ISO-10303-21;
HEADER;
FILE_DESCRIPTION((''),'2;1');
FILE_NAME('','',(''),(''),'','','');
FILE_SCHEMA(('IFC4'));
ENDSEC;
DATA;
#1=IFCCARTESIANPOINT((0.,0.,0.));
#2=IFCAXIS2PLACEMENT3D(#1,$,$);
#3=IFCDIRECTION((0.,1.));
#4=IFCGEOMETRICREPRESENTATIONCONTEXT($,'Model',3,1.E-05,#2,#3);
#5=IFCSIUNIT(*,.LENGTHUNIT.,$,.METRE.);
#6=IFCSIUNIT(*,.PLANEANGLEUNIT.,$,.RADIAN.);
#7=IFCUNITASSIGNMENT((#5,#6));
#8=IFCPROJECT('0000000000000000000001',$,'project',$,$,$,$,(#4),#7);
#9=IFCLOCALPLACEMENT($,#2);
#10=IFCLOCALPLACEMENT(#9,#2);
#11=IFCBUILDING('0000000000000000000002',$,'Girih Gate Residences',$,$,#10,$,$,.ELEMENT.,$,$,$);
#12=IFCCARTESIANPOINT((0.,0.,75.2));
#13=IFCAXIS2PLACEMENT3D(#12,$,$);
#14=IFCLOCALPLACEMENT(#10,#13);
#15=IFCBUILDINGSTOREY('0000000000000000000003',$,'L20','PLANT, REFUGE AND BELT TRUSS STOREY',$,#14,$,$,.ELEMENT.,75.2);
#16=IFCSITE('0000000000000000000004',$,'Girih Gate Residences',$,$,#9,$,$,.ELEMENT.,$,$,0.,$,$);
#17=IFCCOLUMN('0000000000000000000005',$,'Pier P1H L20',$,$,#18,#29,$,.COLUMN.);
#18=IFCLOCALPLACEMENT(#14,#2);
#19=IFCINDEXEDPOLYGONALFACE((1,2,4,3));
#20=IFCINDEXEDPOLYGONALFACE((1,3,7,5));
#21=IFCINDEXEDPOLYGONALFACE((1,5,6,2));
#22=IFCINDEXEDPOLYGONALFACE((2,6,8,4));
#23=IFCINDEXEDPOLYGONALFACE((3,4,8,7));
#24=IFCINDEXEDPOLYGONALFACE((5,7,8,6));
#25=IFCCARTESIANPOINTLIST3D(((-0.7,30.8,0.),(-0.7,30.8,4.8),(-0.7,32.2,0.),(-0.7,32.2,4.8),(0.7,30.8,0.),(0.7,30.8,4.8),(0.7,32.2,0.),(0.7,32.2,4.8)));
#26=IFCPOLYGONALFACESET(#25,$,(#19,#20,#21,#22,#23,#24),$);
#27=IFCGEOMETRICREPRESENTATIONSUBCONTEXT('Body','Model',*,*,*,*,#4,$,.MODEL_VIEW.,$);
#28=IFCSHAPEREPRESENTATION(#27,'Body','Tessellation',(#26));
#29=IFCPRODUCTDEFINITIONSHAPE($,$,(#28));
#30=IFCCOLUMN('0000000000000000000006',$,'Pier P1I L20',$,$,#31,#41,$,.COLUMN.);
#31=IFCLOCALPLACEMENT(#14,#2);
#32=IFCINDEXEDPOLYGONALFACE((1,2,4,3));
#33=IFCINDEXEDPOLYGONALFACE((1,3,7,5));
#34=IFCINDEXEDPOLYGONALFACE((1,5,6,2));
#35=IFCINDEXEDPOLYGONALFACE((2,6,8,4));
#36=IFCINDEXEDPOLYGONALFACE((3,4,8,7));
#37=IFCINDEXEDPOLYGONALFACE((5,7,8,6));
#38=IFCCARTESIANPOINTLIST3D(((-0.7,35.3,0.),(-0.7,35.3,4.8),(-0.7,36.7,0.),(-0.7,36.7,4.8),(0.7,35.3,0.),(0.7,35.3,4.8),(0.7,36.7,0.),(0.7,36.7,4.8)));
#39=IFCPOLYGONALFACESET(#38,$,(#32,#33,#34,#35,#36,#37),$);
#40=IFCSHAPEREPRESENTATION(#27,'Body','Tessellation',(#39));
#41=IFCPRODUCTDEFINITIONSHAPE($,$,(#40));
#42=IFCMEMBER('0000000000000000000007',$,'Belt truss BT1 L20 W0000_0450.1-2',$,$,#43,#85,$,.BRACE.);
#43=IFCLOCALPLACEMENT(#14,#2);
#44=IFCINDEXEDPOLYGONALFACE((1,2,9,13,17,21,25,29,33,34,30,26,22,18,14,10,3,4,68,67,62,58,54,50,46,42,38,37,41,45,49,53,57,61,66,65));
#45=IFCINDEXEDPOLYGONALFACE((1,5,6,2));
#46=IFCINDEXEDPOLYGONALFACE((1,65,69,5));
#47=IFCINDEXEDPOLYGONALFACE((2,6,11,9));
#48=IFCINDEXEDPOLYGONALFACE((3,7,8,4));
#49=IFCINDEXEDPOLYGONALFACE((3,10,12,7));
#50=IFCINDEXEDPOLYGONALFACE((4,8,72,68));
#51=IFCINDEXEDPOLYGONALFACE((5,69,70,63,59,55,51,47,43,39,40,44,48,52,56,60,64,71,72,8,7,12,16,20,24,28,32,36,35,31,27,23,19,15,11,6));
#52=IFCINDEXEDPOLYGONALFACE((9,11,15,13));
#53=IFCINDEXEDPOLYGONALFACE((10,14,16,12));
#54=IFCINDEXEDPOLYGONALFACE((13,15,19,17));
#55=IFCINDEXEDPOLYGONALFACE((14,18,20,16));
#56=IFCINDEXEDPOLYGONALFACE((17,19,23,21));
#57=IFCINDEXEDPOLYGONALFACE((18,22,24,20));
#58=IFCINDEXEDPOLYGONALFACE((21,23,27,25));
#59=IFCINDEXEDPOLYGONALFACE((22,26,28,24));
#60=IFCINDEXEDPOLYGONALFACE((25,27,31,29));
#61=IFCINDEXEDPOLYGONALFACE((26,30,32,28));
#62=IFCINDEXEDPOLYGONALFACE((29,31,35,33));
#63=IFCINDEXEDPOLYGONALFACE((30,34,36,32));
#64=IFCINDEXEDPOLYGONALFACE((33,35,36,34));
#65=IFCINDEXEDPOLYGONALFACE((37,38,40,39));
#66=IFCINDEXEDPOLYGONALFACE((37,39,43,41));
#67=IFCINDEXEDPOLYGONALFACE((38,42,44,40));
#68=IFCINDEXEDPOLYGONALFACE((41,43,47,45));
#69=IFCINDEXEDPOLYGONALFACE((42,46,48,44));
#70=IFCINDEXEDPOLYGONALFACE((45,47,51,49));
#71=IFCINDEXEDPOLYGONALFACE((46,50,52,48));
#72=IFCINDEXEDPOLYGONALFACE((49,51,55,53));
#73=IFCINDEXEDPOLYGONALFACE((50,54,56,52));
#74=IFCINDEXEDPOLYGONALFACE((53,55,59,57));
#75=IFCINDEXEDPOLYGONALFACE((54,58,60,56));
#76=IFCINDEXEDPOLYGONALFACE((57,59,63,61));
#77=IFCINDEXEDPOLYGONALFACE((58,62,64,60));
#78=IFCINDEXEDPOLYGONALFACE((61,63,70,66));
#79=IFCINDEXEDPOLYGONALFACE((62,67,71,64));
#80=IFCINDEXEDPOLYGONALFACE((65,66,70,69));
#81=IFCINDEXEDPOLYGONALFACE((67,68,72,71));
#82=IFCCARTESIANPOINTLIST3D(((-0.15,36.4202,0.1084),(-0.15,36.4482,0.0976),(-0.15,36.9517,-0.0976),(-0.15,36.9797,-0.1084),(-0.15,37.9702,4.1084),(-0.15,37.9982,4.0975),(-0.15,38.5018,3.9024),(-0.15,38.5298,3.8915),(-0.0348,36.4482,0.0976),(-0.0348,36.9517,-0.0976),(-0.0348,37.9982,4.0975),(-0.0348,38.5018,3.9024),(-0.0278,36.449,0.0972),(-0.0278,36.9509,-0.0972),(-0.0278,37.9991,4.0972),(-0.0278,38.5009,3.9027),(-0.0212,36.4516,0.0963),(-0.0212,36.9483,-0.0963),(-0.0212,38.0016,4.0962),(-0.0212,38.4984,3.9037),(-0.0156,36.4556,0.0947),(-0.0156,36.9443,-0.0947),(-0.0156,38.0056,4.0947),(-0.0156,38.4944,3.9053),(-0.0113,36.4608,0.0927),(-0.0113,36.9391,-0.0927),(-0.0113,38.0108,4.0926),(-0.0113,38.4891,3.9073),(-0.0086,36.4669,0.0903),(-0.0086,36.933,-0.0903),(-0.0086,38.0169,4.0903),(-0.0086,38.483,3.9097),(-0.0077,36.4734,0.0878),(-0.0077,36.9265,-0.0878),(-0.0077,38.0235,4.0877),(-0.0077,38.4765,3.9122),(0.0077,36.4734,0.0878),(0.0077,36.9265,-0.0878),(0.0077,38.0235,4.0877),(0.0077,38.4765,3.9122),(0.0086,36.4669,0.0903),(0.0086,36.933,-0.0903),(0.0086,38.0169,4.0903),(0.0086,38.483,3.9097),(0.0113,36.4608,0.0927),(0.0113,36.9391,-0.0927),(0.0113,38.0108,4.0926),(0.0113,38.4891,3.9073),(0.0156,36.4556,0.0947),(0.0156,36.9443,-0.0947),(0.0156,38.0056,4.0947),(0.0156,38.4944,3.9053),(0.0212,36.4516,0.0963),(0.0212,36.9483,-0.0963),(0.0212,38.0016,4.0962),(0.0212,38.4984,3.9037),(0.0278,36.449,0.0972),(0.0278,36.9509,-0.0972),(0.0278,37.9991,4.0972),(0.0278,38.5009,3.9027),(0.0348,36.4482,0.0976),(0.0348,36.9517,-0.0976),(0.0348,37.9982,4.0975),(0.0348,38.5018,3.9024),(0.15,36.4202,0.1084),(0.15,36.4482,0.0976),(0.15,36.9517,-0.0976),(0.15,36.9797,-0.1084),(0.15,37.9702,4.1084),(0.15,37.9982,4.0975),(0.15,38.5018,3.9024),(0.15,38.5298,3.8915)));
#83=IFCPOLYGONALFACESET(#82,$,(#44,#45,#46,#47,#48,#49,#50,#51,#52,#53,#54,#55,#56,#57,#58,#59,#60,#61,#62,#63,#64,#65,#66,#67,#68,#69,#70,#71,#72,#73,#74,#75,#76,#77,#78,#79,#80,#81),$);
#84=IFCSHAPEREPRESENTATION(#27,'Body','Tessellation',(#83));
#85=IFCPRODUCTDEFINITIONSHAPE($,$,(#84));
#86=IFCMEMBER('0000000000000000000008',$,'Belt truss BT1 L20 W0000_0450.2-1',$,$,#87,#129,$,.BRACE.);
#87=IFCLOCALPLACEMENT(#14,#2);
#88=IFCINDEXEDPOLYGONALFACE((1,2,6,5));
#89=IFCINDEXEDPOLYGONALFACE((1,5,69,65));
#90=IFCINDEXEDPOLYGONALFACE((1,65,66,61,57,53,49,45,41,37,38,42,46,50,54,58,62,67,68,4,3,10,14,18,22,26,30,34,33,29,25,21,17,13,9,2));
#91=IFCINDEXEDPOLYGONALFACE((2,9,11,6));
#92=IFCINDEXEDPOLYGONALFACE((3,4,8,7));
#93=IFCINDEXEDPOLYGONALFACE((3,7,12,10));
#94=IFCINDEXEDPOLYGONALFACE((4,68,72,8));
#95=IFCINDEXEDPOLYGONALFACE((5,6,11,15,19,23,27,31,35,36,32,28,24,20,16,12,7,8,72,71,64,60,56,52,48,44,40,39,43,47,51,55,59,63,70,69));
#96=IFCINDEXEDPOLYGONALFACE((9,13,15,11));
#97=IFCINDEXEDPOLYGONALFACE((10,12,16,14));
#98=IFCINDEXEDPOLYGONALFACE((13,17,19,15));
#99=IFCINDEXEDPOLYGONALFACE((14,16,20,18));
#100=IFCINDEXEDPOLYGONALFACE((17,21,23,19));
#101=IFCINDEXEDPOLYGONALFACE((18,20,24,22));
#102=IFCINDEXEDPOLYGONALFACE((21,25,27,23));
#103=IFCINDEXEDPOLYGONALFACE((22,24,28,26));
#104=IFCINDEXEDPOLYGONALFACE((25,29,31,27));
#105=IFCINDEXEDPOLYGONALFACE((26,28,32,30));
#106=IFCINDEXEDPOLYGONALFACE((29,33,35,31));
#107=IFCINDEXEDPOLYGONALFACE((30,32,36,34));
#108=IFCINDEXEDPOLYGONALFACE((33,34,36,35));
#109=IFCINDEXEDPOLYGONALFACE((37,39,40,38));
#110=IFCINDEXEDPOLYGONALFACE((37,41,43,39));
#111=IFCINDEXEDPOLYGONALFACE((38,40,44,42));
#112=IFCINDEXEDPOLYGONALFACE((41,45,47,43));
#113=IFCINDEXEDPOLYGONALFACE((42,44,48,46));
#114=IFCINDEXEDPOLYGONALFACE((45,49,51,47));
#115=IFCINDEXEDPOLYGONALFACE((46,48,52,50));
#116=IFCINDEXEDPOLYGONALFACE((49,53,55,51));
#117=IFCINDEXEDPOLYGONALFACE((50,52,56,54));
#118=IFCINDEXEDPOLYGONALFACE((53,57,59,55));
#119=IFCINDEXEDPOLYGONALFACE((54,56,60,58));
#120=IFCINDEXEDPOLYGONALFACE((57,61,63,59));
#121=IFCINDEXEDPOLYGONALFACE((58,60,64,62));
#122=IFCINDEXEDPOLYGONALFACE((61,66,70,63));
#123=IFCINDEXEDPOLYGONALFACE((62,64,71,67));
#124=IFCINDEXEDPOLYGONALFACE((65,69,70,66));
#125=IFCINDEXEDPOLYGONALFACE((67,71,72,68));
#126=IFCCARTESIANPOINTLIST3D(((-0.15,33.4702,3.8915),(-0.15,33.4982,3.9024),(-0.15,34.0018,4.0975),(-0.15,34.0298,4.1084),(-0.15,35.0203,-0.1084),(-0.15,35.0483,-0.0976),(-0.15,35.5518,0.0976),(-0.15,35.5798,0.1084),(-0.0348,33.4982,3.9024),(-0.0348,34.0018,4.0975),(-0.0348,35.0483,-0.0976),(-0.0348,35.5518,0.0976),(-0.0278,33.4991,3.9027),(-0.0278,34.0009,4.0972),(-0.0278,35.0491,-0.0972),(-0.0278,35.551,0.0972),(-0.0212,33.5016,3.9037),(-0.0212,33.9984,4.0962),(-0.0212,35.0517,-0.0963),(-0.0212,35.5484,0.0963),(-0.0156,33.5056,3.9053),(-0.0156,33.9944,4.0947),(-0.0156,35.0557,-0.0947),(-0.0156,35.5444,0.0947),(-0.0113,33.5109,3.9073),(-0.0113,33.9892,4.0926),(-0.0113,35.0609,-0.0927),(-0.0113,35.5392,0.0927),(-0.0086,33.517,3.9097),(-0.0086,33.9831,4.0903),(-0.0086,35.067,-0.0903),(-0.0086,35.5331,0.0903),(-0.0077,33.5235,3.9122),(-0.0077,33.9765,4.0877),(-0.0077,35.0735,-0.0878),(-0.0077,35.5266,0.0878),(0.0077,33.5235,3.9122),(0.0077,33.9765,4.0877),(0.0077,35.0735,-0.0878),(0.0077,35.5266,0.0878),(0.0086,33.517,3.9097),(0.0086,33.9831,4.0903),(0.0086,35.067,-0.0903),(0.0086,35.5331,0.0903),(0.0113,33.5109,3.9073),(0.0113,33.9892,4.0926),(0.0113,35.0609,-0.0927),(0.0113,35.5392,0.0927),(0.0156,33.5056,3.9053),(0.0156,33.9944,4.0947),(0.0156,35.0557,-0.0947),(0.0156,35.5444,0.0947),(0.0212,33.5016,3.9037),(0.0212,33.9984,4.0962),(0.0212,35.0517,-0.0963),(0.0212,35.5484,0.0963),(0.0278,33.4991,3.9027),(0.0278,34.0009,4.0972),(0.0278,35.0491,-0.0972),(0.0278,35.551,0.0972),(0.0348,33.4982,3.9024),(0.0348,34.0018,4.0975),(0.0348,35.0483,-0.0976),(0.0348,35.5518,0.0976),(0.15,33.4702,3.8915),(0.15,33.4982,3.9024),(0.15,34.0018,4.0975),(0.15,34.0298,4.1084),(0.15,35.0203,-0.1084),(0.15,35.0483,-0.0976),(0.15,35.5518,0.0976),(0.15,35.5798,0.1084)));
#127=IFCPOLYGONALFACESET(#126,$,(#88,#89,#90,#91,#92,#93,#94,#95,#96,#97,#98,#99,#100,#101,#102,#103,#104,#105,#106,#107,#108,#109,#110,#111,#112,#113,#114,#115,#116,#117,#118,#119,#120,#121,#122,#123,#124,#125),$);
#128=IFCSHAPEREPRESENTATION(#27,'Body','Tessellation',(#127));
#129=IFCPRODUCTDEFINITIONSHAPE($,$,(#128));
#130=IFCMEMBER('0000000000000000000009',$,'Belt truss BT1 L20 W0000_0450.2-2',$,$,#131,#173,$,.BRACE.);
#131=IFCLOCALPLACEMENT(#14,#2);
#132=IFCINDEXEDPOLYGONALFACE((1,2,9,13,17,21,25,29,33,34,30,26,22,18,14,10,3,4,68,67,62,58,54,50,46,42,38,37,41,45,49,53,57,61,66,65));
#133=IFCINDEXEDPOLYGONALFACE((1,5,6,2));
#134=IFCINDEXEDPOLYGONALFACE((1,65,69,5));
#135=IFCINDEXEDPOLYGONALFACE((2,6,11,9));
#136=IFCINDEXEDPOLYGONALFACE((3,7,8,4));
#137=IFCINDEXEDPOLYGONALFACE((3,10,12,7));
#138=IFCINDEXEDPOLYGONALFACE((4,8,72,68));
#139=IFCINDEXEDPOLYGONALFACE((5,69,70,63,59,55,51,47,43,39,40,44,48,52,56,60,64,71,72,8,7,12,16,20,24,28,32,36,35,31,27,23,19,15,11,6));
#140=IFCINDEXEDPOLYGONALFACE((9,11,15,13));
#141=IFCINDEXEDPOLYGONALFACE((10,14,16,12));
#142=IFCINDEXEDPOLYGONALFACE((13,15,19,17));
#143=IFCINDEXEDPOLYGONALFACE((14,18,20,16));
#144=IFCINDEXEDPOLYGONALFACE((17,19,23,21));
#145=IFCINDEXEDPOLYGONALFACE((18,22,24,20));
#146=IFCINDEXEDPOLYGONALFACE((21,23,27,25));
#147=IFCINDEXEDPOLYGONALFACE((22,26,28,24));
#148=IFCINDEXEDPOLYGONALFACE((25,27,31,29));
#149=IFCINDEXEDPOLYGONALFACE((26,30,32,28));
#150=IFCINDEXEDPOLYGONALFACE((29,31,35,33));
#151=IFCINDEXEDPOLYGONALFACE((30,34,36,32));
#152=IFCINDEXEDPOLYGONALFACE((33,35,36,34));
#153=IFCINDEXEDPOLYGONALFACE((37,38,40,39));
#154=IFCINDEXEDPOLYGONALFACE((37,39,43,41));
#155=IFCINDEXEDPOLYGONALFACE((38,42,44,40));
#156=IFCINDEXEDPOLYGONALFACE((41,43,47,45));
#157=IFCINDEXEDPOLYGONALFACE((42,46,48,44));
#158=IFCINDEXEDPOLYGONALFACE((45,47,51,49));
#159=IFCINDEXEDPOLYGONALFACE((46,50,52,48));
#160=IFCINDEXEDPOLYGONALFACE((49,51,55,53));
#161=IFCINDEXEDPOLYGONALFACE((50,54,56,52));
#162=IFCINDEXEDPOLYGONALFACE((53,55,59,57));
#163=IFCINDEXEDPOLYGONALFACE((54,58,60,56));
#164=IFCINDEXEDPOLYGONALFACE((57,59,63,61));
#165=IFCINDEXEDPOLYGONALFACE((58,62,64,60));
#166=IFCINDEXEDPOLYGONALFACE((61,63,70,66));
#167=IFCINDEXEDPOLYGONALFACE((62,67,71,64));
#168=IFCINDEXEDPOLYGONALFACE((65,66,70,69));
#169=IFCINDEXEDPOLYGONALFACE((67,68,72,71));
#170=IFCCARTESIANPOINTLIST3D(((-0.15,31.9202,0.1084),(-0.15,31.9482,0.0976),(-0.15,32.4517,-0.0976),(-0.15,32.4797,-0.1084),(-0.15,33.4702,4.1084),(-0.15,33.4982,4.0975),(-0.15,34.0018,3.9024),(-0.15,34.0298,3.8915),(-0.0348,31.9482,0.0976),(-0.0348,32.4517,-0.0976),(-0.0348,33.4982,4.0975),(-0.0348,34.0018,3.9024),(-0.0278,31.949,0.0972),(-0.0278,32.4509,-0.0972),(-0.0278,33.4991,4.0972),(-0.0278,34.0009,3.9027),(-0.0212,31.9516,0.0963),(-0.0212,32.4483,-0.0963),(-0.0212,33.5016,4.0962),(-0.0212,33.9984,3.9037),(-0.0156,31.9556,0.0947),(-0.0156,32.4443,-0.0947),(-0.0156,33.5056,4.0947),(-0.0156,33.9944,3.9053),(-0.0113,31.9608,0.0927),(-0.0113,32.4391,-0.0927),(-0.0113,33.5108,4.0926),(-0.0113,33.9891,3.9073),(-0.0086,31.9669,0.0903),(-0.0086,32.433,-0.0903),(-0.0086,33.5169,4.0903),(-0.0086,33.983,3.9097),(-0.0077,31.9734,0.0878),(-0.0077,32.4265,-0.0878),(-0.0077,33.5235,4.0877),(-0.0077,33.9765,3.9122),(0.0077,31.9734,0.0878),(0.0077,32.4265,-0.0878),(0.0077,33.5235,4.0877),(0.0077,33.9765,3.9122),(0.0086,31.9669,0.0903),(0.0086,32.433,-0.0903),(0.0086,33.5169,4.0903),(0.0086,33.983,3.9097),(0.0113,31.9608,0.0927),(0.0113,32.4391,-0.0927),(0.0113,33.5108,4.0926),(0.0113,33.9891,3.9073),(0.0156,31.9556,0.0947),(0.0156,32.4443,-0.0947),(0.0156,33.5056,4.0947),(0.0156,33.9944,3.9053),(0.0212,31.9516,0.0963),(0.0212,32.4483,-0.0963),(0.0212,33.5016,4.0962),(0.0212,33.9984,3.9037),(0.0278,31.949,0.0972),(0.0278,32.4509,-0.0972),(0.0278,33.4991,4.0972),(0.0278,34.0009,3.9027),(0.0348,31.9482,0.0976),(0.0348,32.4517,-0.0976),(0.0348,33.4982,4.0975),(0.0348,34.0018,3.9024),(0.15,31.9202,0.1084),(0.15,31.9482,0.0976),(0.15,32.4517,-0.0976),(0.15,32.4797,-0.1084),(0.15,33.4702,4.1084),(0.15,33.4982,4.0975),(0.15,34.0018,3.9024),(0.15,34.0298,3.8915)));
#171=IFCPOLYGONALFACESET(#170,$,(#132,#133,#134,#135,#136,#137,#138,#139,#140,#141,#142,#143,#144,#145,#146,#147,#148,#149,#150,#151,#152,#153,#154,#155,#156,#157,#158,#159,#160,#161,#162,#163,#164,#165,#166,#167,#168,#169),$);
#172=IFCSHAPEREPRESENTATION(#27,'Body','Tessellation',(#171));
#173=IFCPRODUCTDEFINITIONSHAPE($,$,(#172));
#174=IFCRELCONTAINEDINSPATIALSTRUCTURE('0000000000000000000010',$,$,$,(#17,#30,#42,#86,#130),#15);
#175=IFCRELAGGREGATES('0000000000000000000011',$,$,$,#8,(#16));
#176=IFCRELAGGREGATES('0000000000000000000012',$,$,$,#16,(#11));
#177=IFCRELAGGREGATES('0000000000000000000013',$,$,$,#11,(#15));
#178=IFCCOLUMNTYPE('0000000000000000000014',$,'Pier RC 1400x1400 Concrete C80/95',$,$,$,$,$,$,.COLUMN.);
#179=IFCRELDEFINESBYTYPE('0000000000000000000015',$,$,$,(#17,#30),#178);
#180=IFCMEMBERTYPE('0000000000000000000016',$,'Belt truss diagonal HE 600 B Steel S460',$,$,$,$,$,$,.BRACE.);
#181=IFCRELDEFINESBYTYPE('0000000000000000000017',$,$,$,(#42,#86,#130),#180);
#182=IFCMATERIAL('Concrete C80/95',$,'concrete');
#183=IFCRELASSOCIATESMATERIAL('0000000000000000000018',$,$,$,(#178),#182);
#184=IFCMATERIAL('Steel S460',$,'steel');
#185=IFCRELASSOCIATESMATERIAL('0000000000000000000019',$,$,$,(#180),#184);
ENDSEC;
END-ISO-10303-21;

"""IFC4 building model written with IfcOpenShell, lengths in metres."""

from ifc_helpers import new_model, si_unit, direction, frame, origin, origin_2d, place, context, subcontext, project, spatial, rectangle, i_section, extrude, material, material_profile, profile_set, type_object, element, save


model = new_model("IFC4")

# Units and contexts
model_context = context("Model", 3, precision=1e-05, world=origin(), true_north=direction((0.0, 1.0)))
body_context = subcontext(model_context, "Body", "Model", "MODEL_VIEW")
ifc_project = project(units=[si_unit("LENGTHUNIT", "METRE"), si_unit("PLANEANGLEUNIT", "RADIAN")], contexts=[model_context])

# Site, building, storey
site_placement = place(None, origin())
site = spatial("IfcSite", under=ifc_project, at=site_placement, Name="Girih Gate Residences", CompositionType="ELEMENT", RefElevation=0.0)
building_placement = place(site_placement, origin())
building = spatial("IfcBuilding", under=site, at=building_placement, Name="Girih Gate Residences", CompositionType="ELEMENT")
storey_placement = place(building_placement, frame((0.0, 0.0, 75.2)))
storey = spatial("IfcBuildingStorey", under=building, at=storey_placement, Name="L20", Description="PLANT, REFUGE AND BELT TRUSS STOREY", CompositionType="ELEMENT", Elevation=75.2)

# Columns
ifc_material_1 = material(Name="Concrete C80/95", Category="concrete")
ifc_material_profile_1 = material_profile(ifc_material_1, rectangle(XDim=1.3999, YDim=1.3999, at=origin_2d()))
ifc_profile_set_1 = profile_set([ifc_material_profile_1], Name="Concrete C80/95")
column_type = type_object("IfcColumnType", Name="Pier RC 1400x1400 Concrete C80/95", PredefinedType="COLUMN", material=ifc_profile_set_1)
for number, where, z_axis, x_axis, name in (
    (1, (0.0, 31.5, 0.0), (0.0, 0.0, 1.0), (1.0, 0.0, 0.0), "Pier P1H L20"),
    (2, (0.0, 36.0, 0.0), (0.0, 0.0, 1.0), (1.0, 0.0, 0.0), "Pier P1I L20"),
):
    element("IfcColumn", number, at=place(storey_placement, frame(where, z_axis=z_axis, x_axis=x_axis)), inside=storey, type_object=column_type, Name=name, PredefinedType="COLUMN", context=body_context, shape_type="SweptSolid", body=[
        extrude(rectangle(XDim=1.3999, YDim=1.3999, at=origin_2d()), origin(), (0.0, 0.0, 1.0), 4.8),
    ])

# Members
ifc_material_2 = material(Name="Steel S460", Category="steel")
ifc_material_profile_2 = material_profile(ifc_material_2, i_section(OverallWidth=0.3, OverallDepth=0.6001, WebThickness=0.0154, FlangeThickness=0.03, FilletRadius=0.0271, at=origin_2d()))
ifc_profile_set_2 = profile_set([ifc_material_profile_2], Name="Steel S460")
member_type = type_object("IfcMemberType", Name="Belt truss diagonal HE 600 B Steel S460", PredefinedType="BRACE", material=ifc_profile_set_2)
for number, where, z_axis, x_axis, name in (
    (3, (0.0, 36.7, 0.0), (0.0, 0.361331, 0.932438), (-1.0, 0.0, 0.0), "Belt truss BT1 L20 W0000_0450.1-2"),
    (4, (0.0, 35.3, 0.0), (0.0, -0.361331, 0.932438), (1.0, 0.0, 0.0), "Belt truss BT1 L20 W0000_0450.2-1"),
    (5, (0.0, 32.2, 0.0), (0.0, 0.361331, 0.932438), (-1.0, 0.0, 0.0), "Belt truss BT1 L20 W0000_0450.2-2"),
):
    element("IfcMember", number, at=place(storey_placement, frame(where, z_axis=z_axis, x_axis=x_axis)), inside=storey, type_object=member_type, Name=name, PredefinedType="BRACE", context=body_context, shape_type="SweptSolid", body=[
        extrude(i_section(OverallWidth=0.3, OverallDepth=0.6001, WebThickness=0.0154, FlangeThickness=0.03, FilletRadius=0.0271, at=origin_2d()), origin(), (0.0, 0.0, 1.0), 4.2898),
    ])

save(model, "model.ifc")
